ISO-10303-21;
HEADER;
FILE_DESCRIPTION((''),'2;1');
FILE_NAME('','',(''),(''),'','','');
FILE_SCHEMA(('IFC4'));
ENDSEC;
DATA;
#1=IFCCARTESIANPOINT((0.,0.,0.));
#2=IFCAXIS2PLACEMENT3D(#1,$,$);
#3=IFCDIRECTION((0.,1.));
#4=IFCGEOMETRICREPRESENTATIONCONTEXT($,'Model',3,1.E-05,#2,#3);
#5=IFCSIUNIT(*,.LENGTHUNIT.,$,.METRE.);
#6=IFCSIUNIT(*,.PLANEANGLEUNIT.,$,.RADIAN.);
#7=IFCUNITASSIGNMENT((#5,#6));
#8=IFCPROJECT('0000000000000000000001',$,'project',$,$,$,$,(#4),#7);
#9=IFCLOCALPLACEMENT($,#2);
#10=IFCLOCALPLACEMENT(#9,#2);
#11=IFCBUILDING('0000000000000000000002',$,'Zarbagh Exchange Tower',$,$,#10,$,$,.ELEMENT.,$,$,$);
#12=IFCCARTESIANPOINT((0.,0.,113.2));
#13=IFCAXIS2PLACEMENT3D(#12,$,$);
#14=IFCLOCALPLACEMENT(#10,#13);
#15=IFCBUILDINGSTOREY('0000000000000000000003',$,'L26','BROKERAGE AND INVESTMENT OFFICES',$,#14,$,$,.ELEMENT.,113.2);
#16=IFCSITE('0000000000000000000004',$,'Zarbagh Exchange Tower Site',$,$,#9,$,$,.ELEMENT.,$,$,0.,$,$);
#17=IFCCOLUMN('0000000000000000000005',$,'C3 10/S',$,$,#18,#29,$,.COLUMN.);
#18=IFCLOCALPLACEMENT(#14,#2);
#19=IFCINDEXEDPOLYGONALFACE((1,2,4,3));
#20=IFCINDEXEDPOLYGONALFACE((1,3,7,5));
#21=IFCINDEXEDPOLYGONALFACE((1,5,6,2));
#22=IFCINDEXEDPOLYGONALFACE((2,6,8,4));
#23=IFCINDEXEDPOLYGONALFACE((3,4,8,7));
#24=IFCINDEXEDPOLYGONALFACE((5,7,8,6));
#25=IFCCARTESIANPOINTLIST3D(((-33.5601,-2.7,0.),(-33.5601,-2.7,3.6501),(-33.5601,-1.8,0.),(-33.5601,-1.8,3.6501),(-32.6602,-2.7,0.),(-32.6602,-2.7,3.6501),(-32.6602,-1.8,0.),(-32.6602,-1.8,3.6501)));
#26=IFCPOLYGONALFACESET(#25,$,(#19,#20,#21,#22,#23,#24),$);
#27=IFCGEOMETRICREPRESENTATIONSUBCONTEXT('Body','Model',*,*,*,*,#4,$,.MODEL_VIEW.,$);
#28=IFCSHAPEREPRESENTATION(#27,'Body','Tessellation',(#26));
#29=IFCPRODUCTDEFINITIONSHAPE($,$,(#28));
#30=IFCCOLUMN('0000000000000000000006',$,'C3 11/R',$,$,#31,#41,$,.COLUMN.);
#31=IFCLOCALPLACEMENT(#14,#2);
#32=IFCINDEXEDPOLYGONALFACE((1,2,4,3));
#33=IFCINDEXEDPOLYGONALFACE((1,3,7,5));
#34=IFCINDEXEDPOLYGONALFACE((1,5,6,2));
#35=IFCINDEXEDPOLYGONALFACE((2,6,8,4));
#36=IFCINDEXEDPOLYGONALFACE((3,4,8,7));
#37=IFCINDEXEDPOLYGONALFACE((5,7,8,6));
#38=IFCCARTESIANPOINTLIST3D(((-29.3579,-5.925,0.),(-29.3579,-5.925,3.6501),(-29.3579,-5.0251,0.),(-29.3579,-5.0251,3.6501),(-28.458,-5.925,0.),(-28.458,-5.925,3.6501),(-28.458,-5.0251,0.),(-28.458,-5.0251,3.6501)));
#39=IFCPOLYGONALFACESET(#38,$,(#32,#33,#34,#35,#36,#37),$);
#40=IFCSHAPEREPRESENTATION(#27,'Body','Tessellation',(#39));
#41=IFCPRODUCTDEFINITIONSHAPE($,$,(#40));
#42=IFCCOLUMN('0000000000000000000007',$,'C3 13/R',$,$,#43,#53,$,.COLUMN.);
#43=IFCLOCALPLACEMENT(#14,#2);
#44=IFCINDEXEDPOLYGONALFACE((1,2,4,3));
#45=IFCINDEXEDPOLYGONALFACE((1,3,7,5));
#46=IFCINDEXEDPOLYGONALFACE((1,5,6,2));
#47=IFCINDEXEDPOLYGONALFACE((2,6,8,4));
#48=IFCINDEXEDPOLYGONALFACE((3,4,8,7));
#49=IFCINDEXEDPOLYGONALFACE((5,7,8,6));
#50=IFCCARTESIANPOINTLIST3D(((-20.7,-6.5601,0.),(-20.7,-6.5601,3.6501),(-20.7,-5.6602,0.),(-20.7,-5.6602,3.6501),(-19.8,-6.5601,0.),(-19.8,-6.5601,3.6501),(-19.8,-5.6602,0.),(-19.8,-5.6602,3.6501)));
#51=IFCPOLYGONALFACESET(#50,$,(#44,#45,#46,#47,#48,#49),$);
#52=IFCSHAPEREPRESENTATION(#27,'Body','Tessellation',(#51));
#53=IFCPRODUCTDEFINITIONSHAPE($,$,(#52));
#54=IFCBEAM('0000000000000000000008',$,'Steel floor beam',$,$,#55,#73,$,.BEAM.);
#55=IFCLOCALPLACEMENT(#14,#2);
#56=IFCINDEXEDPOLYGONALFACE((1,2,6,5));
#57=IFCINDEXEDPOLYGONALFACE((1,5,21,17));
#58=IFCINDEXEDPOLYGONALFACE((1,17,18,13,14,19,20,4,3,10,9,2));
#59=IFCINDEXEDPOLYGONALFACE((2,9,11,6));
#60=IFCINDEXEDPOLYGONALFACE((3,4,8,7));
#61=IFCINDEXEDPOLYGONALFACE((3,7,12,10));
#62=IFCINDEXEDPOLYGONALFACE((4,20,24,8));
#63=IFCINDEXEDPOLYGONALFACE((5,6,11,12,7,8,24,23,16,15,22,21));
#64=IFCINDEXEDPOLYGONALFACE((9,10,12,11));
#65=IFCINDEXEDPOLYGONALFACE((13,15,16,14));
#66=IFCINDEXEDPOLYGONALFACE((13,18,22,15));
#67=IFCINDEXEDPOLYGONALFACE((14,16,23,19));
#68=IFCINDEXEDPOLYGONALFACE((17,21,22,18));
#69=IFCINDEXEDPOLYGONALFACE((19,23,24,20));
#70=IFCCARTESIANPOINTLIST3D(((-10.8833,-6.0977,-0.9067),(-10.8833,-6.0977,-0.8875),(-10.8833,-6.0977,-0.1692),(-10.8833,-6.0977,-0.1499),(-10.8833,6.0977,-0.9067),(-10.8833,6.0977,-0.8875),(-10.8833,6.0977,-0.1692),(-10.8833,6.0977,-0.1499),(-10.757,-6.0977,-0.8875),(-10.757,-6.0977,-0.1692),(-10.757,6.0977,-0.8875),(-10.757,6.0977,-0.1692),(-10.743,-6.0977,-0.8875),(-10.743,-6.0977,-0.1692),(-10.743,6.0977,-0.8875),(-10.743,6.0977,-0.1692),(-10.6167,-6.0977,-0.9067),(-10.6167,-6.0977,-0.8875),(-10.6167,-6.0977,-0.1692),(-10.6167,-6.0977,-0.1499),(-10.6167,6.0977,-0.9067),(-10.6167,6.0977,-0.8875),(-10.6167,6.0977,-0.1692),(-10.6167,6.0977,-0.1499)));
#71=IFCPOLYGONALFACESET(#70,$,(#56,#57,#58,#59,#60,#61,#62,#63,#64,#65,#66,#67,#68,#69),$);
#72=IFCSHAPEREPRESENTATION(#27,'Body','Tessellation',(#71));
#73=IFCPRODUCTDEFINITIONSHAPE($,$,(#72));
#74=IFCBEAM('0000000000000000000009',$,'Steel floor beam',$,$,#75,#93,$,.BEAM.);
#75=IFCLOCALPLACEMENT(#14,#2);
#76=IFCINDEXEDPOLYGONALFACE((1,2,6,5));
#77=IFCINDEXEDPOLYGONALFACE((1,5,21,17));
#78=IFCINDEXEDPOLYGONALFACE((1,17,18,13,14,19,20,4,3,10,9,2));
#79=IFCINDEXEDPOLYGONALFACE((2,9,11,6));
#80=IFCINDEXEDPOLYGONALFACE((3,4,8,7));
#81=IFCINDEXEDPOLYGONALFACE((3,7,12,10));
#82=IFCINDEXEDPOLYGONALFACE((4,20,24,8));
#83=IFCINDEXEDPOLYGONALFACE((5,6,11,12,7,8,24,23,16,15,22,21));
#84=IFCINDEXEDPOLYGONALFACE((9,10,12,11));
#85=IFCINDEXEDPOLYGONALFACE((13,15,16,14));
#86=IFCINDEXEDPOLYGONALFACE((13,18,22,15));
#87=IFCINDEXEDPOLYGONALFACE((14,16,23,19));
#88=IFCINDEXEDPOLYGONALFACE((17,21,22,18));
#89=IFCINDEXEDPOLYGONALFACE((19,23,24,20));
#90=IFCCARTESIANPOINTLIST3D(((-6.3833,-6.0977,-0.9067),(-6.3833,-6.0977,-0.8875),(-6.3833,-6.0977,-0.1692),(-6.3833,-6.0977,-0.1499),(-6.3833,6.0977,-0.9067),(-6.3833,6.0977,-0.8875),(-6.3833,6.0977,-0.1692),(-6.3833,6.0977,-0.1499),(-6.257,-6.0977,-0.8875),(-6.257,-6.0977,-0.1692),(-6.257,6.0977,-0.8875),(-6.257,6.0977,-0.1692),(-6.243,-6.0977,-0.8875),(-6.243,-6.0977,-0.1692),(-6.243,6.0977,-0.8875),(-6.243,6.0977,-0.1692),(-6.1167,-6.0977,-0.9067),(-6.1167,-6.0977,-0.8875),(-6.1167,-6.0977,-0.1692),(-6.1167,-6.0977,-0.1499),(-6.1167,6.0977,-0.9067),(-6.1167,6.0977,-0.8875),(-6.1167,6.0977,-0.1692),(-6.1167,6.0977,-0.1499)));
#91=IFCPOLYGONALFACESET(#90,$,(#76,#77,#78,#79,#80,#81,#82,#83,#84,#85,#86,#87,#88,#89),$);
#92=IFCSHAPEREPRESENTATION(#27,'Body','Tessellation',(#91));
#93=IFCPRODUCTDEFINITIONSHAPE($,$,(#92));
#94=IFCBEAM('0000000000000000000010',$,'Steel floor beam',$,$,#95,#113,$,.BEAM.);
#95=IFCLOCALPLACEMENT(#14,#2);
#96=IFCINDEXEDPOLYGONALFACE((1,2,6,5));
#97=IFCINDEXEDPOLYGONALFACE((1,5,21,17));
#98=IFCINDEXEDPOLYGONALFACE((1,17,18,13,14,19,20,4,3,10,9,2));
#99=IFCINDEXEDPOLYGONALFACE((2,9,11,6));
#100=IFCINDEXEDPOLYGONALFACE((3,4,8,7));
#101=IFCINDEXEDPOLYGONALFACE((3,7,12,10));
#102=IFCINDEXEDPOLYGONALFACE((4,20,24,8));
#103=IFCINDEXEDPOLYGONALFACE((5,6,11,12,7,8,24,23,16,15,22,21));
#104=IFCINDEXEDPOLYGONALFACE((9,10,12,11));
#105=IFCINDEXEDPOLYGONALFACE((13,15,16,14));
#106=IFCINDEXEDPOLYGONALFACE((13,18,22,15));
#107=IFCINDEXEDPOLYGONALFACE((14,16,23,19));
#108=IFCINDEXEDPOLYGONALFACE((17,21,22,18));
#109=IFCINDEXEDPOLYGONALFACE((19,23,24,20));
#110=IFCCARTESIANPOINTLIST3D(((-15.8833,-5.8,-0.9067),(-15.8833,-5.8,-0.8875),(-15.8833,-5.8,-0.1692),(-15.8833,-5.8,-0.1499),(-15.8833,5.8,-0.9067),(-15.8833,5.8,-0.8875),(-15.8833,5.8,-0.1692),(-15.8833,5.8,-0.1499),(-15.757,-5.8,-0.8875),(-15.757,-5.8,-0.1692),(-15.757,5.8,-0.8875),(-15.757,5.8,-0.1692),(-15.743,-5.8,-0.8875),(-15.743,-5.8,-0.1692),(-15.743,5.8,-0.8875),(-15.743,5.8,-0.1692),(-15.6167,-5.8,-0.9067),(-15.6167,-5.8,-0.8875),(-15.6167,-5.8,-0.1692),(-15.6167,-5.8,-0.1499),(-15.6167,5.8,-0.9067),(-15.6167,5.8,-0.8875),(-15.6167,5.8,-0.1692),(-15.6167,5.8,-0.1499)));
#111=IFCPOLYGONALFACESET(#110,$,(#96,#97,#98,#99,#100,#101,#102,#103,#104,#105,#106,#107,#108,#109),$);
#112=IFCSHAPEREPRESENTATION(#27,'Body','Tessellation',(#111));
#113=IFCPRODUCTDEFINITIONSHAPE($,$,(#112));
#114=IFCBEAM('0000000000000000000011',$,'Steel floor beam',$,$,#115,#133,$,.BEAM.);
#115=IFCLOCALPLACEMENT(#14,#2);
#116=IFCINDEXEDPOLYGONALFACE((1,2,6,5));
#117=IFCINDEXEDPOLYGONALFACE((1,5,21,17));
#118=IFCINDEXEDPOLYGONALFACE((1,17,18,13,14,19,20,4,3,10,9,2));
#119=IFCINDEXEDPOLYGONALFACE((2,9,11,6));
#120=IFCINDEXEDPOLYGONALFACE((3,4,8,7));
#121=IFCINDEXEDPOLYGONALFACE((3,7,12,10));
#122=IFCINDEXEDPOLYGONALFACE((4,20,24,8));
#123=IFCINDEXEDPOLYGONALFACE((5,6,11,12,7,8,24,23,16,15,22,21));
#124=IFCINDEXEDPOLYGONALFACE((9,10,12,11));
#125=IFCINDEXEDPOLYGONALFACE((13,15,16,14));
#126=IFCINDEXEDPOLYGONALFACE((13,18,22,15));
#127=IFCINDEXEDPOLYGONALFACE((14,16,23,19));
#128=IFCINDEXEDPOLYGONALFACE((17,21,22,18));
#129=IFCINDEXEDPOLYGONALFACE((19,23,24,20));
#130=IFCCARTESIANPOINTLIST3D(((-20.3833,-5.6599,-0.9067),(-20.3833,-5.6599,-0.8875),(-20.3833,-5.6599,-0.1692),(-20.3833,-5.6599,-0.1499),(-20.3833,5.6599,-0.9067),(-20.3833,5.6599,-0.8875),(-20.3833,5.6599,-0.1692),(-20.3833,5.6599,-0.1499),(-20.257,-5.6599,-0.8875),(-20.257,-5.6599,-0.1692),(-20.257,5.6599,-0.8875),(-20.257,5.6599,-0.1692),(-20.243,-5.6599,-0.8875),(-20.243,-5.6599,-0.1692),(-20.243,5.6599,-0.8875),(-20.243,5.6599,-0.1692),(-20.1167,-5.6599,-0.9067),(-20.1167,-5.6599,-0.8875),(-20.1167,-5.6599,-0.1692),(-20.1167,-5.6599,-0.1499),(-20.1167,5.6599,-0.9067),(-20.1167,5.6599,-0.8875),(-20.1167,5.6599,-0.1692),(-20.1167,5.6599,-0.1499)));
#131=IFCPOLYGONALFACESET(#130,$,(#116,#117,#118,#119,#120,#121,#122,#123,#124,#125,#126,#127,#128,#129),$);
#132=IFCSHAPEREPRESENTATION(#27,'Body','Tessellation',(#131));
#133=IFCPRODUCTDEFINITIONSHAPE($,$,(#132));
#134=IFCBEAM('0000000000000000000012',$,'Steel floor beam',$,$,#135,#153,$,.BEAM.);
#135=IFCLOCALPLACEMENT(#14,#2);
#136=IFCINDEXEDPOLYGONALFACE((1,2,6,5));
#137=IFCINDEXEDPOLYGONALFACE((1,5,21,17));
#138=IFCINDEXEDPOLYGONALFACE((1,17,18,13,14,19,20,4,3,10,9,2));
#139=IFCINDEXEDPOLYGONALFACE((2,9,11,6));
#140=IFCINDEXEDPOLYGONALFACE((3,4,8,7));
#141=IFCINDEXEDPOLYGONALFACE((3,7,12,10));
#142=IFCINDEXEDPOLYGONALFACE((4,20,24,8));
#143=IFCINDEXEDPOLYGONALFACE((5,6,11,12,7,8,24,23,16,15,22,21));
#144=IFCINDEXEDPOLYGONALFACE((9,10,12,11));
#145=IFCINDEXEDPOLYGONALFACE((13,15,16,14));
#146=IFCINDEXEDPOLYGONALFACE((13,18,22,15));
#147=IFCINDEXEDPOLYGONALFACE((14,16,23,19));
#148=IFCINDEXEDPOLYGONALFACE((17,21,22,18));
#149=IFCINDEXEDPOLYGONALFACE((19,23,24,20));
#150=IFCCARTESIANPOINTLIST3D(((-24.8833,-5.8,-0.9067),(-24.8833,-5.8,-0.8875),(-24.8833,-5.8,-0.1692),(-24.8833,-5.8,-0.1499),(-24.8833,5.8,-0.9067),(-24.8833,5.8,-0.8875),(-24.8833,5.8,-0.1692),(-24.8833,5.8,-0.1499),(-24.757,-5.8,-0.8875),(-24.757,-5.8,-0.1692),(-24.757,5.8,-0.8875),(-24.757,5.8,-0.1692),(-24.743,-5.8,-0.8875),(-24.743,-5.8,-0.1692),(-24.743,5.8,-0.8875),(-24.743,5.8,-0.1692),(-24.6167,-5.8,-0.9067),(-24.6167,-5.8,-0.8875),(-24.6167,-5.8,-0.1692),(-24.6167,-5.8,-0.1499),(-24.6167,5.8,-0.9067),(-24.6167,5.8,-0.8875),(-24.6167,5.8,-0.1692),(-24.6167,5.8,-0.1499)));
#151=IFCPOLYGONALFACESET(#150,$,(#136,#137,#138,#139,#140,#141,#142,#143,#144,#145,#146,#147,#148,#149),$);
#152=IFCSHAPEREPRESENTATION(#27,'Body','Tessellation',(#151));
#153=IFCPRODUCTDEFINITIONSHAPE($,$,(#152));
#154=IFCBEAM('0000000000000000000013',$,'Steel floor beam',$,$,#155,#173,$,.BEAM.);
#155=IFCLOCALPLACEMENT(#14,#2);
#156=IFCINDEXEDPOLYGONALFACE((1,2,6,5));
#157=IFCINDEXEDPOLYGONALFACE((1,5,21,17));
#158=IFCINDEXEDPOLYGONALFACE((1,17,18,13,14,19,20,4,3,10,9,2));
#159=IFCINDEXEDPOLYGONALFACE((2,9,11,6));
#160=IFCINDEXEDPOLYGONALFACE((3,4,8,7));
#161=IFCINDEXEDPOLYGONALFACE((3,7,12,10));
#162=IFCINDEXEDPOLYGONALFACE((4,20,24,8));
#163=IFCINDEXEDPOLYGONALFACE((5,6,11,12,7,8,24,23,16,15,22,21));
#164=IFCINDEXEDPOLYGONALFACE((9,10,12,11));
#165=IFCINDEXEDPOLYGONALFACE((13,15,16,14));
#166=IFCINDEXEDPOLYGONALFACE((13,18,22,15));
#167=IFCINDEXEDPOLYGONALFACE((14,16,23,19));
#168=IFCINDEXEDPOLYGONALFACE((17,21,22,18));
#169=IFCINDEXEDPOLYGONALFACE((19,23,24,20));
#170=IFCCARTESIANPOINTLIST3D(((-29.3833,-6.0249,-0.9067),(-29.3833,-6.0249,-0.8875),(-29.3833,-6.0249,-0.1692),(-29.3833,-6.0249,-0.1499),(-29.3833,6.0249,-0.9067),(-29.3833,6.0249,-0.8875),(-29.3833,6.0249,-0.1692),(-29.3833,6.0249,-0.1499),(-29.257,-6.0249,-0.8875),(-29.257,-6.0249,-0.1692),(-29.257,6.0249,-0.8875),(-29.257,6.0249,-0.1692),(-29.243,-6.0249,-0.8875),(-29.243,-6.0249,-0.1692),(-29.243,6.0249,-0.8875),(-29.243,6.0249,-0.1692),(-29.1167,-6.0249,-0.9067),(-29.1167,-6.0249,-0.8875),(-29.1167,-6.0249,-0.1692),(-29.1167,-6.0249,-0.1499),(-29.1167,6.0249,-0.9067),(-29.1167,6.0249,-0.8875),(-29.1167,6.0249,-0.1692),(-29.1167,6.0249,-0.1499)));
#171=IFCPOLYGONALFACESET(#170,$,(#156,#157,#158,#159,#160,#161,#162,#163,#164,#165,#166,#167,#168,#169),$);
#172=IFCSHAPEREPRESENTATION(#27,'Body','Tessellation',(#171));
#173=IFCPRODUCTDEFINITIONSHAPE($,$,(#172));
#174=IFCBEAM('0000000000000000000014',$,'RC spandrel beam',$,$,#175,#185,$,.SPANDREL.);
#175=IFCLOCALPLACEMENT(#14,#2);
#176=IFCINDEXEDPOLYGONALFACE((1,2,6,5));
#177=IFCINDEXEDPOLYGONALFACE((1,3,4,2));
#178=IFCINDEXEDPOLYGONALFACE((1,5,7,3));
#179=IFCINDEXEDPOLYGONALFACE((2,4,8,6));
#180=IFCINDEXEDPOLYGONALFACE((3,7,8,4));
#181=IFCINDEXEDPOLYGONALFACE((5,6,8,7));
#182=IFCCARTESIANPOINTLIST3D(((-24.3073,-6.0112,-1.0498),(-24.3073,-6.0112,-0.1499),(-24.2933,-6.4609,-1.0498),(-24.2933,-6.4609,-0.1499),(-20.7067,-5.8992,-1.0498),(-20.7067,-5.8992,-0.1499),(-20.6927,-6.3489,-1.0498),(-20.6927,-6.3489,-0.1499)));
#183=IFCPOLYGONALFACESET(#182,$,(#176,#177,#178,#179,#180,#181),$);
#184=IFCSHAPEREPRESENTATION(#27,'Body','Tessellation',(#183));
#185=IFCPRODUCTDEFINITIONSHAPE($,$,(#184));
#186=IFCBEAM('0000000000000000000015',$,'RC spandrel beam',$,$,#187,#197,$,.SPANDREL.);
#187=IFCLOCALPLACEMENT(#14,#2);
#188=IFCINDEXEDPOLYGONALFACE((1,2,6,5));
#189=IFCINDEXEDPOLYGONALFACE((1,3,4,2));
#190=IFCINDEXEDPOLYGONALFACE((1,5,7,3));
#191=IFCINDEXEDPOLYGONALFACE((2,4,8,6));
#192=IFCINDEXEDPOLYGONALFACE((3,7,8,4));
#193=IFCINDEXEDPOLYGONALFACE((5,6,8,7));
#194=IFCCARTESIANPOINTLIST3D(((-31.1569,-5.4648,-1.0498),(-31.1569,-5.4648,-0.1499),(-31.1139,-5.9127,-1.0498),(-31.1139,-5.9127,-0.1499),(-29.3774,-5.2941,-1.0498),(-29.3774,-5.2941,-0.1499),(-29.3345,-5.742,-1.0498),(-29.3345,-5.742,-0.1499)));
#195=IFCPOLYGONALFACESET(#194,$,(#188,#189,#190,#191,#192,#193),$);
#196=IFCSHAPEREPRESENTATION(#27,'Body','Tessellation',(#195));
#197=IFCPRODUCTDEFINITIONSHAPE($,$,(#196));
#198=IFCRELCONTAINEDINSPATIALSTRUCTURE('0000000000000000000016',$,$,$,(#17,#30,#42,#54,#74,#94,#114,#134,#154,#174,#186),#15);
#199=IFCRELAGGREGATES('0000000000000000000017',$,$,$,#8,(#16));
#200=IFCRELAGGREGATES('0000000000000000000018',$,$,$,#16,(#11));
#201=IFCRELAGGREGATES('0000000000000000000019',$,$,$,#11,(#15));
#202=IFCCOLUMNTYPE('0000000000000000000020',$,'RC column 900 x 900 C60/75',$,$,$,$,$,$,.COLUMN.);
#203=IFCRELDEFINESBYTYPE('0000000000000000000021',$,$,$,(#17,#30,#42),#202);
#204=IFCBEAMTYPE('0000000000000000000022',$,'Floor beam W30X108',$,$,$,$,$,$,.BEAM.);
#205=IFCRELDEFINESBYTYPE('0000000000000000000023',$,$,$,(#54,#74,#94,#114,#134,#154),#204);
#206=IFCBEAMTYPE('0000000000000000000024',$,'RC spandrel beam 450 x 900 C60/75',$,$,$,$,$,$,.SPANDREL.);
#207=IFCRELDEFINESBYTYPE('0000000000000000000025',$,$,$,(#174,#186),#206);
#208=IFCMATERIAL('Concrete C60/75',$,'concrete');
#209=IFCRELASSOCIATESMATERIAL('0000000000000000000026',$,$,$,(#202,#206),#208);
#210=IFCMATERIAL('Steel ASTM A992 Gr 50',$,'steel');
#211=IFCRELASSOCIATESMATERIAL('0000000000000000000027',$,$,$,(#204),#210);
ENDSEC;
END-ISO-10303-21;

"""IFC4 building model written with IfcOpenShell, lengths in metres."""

from ifc_helpers import new_model, si_unit, direction, frame, origin, origin_2d, place, context, subcontext, project, spatial, rectangle, i_section, extrude, material, material_profile, profile_set, type_object, element, save


model = new_model("IFC4")

# Units and contexts
model_context = context("Model", 3, precision=1e-05, world=origin(), true_north=direction((0.0, 1.0)))
body_context = subcontext(model_context, "Body", "Model", "MODEL_VIEW")
ifc_project = project(units=[si_unit("LENGTHUNIT", "METRE"), si_unit("PLANEANGLEUNIT", "RADIAN")], contexts=[model_context])

# Site, building, storey
site_placement = place(None, origin())
site = spatial("IfcSite", under=ifc_project, at=site_placement, Name="Zarbagh Exchange Tower Site", CompositionType="ELEMENT", RefElevation=0.0)
building_placement = place(site_placement, origin())
building = spatial("IfcBuilding", under=site, at=building_placement, Name="Zarbagh Exchange Tower", CompositionType="ELEMENT")
storey_placement = place(building_placement, frame((0.0, 0.0, 113.2)))
storey = spatial("IfcBuildingStorey", under=building, at=storey_placement, Name="L26", Description="BROKERAGE AND INVESTMENT OFFICES", CompositionType="ELEMENT", Elevation=113.2)

# Columns
ifc_material_1 = material(Name="Concrete C60/75", Category="concrete")
ifc_material_profile_1 = material_profile(ifc_material_1, rectangle(XDim=0.8999, YDim=0.8999, at=origin_2d()), Name="RC column 900 x 900 C60/75")
ifc_profile_set_1 = profile_set([ifc_material_profile_1], Name="Concrete C60/75")
column_type = type_object("IfcColumnType", Name="RC column 900 x 900 C60/75", PredefinedType="COLUMN", material=ifc_profile_set_1)
for number, where, z_axis, x_axis, name in (
    (1, (-33.1101, -2.25, 0.0), (0.0, 0.0, 1.0), (1.0, 0.0, 0.0), "C3 10/S"),
    (2, (-28.908, -5.4751, 0.0), (0.0, 0.0, 1.0), (1.0, 0.0, 0.0), "C3 11/R"),
    (3, (-20.25, -6.1101, 0.0), (0.0, 0.0, 1.0), (1.0, 0.0, 0.0), "C3 13/R"),
):
    element("IfcColumn", number, at=place(storey_placement, frame(where, z_axis=z_axis, x_axis=x_axis)), inside=storey, type_object=column_type, Name=name, PredefinedType="COLUMN", context=body_context, shape_type="SweptSolid", body=[
        extrude(rectangle(XDim=0.8999, YDim=0.8999, at=origin_2d()), origin(), (0.0, 0.0, 1.0), 3.6501),
    ])

# Beams
ifc_material_2 = material(Name="Steel ASTM A992 Gr 50", Category="steel")
ifc_material_profile_2 = material_profile(ifc_material_2, i_section(OverallWidth=0.2666, OverallDepth=0.7568, WebThickness=0.0139, FlangeThickness=0.0193, at=origin_2d()), Name="W30X108")
ifc_profile_set_2 = profile_set([ifc_material_profile_2], Name="Steel ASTM A992 Gr 50")
beam_type_1 = type_object("IfcBeamType", Name="Floor beam W30X108", PredefinedType="BEAM", material=ifc_profile_set_2)
for number, where, z_axis, x_axis, name in (
    (4, (-10.75, -6.0977, -0.5283), (0.0, 1.0, 0.0), (-1.0, 0.0, 0.0), "Steel floor beam"),
    (5, (-6.25, -6.0977, -0.5283), (0.0, 1.0, 0.0), (-1.0, 0.0, 0.0), "Steel floor beam"),
):
    element("IfcBeam", number, at=place(storey_placement, frame(where, z_axis=z_axis, x_axis=x_axis)), inside=storey, type_object=beam_type_1, Name=name, PredefinedType="BEAM", context=body_context, shape_type="SweptSolid", body=[
        extrude(i_section(OverallWidth=0.2666, OverallDepth=0.7568, WebThickness=0.0139, FlangeThickness=0.0193, at=origin_2d()), origin(), (0.0, 0.0, 1.0), 12.1953),
    ])
beam_1_placement = place(storey_placement, frame((-15.75, -5.8, -0.5283), z_axis=(0.0, 1.0, 0.0), x_axis=(-1.0, 0.0, 0.0)))
element("IfcBeam", 6, at=beam_1_placement, inside=storey, type_object=beam_type_1, Name="Steel floor beam", PredefinedType="BEAM", context=body_context, shape_type="SweptSolid", body=[
    extrude(i_section(OverallWidth=0.2666, OverallDepth=0.7568, WebThickness=0.0139, FlangeThickness=0.0193, at=origin_2d()), origin(), (0.0, 0.0, 1.0), 11.6001),
])
beam_2_placement = place(storey_placement, frame((-20.25, -5.6599, -0.5283), z_axis=(0.0, 1.0, 0.0), x_axis=(-1.0, 0.0, 0.0)))
element("IfcBeam", 7, at=beam_2_placement, inside=storey, type_object=beam_type_1, Name="Steel floor beam", PredefinedType="BEAM", context=body_context, shape_type="SweptSolid", body=[
    extrude(i_section(OverallWidth=0.2666, OverallDepth=0.7568, WebThickness=0.0139, FlangeThickness=0.0193, at=origin_2d()), origin(), (0.0, 0.0, 1.0), 11.3198),
])
beam_3_placement = place(storey_placement, frame((-24.75, -5.8, -0.5283), z_axis=(0.0, 1.0, 0.0), x_axis=(-1.0, 0.0, 0.0)))
element("IfcBeam", 8, at=beam_3_placement, inside=storey, type_object=beam_type_1, Name="Steel floor beam", PredefinedType="BEAM", context=body_context, shape_type="SweptSolid", body=[
    extrude(i_section(OverallWidth=0.2666, OverallDepth=0.7568, WebThickness=0.0139, FlangeThickness=0.0193, at=origin_2d()), origin(), (0.0, 0.0, 1.0), 11.6001),
])
beam_4_placement = place(storey_placement, frame((-29.25, -6.0249, -0.5283), z_axis=(0.0, 1.0, 0.0), x_axis=(-1.0, 0.0, 0.0)))
element("IfcBeam", 9, at=beam_4_placement, inside=storey, type_object=beam_type_1, Name="Steel floor beam", PredefinedType="BEAM", context=body_context, shape_type="SweptSolid", body=[
    extrude(i_section(OverallWidth=0.2666, OverallDepth=0.7568, WebThickness=0.0139, FlangeThickness=0.0193, at=origin_2d()), origin(), (0.0, 0.0, 1.0), 12.0498),
])
ifc_material_profile_3 = material_profile(ifc_material_1, rectangle(XDim=0.45, YDim=0.8999, at=origin_2d()), Name="RC spandrel beam 450 x 900 C60/75")
ifc_profile_set_3 = profile_set([ifc_material_profile_3], Name="Concrete C60/75")
beam_type_2 = type_object("IfcBeamType", Name="RC spandrel beam 450 x 900 C60/75", PredefinedType="SPANDREL", material=ifc_profile_set_3)
beam_5_placement = place(storey_placement, frame((-20.6997, -6.124, -0.5999), z_axis=(-0.999516, -0.031108, 0.0), x_axis=(0.031108, -0.999516, 0.0)))
element("IfcBeam", 10, at=beam_5_placement, inside=storey, type_object=beam_type_2, Name="RC spandrel beam", PredefinedType="SPANDREL", context=body_context, shape_type="SweptSolid", body=[
    extrude(rectangle(XDim=0.45, YDim=0.8999, at=origin_2d()), origin(), (0.0, 0.0, 1.0), 3.6023),
])
beam_6_placement = place(storey_placement, frame((-29.356, -5.5181, -0.5999), z_axis=(-0.995433, -0.09546, 0.0), x_axis=(0.09546, -0.995433, 0.0)))
element("IfcBeam", 11, at=beam_6_placement, inside=storey, type_object=beam_type_2, Name="RC spandrel beam", PredefinedType="SPANDREL", context=body_context, shape_type="SweptSolid", body=[
    extrude(rectangle(XDim=0.45, YDim=0.8999, at=origin_2d()), origin(), (0.0, 0.0, 1.0), 1.7876),
])

save(model, "model.ifc")
